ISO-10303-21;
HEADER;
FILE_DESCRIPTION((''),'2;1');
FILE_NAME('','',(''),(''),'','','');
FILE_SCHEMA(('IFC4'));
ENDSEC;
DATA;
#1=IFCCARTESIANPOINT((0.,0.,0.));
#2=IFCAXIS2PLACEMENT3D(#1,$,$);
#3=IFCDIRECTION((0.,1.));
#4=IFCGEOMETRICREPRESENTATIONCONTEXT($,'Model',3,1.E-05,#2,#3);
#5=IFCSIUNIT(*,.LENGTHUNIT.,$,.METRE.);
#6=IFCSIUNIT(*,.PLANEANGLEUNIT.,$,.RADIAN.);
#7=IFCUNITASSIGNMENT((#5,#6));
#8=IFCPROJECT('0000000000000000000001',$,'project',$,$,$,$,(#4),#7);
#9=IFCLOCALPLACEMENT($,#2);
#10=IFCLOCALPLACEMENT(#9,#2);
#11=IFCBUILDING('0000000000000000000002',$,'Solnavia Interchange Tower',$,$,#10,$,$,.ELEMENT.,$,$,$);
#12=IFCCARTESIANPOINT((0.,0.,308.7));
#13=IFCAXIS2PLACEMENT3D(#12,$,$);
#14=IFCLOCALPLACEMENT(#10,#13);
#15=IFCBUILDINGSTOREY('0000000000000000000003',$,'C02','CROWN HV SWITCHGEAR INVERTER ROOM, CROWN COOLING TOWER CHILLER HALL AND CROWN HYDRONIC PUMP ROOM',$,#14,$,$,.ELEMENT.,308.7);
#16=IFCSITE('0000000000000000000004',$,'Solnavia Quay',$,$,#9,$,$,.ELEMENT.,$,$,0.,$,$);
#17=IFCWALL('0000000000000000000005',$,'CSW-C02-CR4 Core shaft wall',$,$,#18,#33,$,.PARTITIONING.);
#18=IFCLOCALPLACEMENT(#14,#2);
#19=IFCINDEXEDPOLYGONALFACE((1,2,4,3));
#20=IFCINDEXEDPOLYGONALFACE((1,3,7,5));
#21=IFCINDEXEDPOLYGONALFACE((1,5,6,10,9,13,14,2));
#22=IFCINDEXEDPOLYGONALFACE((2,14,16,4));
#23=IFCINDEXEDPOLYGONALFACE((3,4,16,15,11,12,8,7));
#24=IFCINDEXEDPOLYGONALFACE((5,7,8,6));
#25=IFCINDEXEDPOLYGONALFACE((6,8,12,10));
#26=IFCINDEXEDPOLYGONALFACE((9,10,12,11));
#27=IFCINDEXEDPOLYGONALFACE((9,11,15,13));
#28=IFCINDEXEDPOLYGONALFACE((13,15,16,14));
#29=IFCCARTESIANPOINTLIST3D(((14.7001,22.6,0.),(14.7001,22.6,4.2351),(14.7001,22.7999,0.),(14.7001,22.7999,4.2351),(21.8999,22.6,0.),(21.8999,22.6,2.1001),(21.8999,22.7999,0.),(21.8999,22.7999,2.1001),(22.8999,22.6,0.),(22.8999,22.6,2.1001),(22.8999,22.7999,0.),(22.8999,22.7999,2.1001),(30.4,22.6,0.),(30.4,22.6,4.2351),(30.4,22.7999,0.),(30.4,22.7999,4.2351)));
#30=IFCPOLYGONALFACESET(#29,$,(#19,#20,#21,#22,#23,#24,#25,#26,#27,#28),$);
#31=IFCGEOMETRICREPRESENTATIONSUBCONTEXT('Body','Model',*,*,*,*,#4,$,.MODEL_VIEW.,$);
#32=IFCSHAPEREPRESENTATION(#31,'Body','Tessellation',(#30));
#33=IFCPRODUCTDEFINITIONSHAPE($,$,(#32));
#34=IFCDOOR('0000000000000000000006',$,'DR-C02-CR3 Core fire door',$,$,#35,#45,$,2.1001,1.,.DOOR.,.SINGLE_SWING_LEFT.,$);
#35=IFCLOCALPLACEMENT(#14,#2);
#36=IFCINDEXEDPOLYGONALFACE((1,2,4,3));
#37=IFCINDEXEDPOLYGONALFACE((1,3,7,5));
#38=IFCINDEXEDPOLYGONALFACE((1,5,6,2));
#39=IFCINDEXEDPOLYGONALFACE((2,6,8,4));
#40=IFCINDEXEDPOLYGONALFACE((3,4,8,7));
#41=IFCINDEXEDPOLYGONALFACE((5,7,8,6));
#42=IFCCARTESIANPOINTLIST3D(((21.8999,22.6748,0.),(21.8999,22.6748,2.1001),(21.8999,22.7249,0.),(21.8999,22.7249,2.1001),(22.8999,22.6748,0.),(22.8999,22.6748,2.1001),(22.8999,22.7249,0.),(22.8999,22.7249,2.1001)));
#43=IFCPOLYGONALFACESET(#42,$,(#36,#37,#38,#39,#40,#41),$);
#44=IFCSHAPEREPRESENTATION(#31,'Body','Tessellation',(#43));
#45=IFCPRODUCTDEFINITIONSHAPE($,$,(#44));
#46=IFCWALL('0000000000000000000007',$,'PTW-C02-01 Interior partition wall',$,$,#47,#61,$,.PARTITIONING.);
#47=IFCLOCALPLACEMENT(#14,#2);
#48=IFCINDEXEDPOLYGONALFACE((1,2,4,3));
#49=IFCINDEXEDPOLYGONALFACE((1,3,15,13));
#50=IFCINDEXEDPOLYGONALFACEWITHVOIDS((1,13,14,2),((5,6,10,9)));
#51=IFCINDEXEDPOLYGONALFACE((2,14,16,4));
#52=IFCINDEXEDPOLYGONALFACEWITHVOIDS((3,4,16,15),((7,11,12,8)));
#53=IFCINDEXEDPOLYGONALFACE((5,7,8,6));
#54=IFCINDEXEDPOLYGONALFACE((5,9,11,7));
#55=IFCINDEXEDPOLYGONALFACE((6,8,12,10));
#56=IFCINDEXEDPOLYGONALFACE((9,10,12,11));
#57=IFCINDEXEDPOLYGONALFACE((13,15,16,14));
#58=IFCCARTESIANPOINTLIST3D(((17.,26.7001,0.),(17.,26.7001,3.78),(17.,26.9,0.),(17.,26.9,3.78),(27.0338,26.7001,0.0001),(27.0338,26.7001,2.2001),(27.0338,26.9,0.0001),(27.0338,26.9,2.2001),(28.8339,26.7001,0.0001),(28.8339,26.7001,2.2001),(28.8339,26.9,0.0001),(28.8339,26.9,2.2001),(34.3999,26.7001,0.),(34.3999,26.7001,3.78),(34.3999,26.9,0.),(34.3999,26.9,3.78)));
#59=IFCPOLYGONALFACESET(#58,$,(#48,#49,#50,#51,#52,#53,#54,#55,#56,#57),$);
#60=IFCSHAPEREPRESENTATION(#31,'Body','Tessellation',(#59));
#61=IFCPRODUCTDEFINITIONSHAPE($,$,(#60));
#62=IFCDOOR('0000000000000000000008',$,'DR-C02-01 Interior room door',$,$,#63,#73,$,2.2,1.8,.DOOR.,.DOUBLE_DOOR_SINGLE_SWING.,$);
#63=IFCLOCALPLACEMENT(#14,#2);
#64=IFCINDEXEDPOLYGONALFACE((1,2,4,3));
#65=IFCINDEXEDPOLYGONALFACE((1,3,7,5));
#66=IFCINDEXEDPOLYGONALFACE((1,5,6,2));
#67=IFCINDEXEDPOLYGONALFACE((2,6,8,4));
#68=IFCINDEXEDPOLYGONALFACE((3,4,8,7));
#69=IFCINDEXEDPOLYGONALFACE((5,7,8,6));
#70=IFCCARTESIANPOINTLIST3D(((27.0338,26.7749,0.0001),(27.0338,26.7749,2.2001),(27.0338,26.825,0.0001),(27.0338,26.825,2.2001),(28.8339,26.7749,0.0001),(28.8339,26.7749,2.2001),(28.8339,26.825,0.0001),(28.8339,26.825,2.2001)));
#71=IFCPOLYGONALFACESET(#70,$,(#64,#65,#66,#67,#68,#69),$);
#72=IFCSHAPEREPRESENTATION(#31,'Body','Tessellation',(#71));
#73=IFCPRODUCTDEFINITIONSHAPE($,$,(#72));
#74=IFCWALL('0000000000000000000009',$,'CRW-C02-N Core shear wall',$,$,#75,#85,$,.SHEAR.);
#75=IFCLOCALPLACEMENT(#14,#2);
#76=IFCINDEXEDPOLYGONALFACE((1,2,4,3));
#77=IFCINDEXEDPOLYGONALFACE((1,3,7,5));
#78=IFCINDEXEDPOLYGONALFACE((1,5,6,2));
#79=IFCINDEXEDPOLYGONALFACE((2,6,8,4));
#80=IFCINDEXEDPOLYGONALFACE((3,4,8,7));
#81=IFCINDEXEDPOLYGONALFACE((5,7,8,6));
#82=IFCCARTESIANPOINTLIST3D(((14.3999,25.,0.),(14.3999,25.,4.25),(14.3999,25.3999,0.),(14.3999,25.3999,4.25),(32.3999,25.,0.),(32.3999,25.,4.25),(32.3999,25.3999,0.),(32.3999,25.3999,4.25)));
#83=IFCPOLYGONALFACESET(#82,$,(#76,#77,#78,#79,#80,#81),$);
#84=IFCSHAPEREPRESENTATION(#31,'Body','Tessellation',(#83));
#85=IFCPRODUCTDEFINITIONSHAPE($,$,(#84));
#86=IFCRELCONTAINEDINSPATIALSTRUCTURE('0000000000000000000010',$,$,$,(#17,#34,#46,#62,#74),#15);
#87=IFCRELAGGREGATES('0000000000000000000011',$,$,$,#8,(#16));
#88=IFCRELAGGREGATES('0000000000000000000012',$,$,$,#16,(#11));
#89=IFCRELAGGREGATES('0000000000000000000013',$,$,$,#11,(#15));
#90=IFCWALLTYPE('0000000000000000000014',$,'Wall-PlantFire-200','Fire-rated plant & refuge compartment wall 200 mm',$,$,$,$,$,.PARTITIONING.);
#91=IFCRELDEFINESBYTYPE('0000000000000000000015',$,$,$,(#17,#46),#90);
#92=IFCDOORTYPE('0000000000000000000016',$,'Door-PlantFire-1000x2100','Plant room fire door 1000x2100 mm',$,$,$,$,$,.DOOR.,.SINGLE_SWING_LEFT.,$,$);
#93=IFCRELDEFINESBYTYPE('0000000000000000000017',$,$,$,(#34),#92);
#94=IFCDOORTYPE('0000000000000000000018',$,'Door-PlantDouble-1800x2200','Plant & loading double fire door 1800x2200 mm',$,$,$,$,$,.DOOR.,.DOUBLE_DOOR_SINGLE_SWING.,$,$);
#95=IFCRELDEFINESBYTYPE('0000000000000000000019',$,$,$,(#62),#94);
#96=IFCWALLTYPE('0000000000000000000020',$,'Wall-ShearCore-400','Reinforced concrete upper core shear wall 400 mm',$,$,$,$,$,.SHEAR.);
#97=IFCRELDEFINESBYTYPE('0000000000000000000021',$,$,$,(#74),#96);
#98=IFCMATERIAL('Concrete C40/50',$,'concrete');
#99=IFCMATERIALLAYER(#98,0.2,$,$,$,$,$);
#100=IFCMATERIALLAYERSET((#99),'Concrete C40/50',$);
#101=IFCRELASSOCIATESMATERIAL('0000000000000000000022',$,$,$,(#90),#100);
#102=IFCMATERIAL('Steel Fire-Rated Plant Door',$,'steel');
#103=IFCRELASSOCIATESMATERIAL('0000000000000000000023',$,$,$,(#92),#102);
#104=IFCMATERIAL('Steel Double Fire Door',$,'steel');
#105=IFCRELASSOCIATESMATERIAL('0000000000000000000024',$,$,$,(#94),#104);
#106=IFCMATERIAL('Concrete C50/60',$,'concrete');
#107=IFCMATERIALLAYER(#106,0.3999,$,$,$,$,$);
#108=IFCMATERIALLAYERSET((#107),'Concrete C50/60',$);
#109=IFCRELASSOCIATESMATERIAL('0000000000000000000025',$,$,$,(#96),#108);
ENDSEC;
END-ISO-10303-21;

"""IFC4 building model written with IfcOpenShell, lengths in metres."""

from ifc_helpers import new_model, si_unit, direction, frame, frame_2d, origin, place, context, subcontext, project, spatial, rectangle, extrude, material, layer, layer_set, type_object, element, fill, save


model = new_model("IFC4")

# Units and contexts
model_context = context("Model", 3, precision=1e-05, world=origin(), true_north=direction((0.0, 1.0)))
body_context = subcontext(model_context, "Body", "Model", "MODEL_VIEW")
ifc_project = project(units=[si_unit("LENGTHUNIT", "METRE"), si_unit("PLANEANGLEUNIT", "RADIAN")], contexts=[model_context])

# Site, building, storey
site_placement = place(None, origin())
site = spatial("IfcSite", under=ifc_project, at=site_placement, Name="Solnavia Quay", CompositionType="ELEMENT", RefElevation=0.0)
building_placement = place(site_placement, origin())
building = spatial("IfcBuilding", under=site, at=building_placement, Name="Solnavia Interchange Tower", CompositionType="ELEMENT")
storey_placement = place(building_placement, frame((0.0, 0.0, 308.7)))
storey = spatial("IfcBuildingStorey", under=building, at=storey_placement, Name="C02", Description="CROWN HV SWITCHGEAR INVERTER ROOM, CROWN COOLING TOWER CHILLER HALL AND CROWN HYDRONIC PUMP ROOM", CompositionType="ELEMENT", Elevation=308.7)

# Shared definitions
ifc_material_1 = material(Name="Concrete C50/60", Category="concrete")

# Walls, openings, doors
ifc_material_2 = material(Name="Concrete C40/50", Category="concrete")
ifc_layer_1 = layer(ifc_material_2, 0.2)
ifc_layer_set_1 = layer_set([ifc_layer_1], Name="Concrete C40/50")
wall_type_1 = type_object("IfcWallType", Name="Wall-PlantFire-200", Description="Fire-rated plant & refuge compartment wall 200 mm", PredefinedType="PARTITIONING", material=ifc_layer_set_1)
wall_1_placement = place(storey_placement, frame((14.7, 22.7, 0.0), z_axis=(0.0, 0.0, 1.0), x_axis=(1.0, 0.0, 0.0)))
wall_1 = element("IfcWall", 1, at=wall_1_placement, inside=storey, type_object=wall_type_1, Name="CSW-C02-CR4 Core shaft wall", PredefinedType="PARTITIONING", context=body_context, shape_type="SweptSolid", body=[
    extrude(rectangle(XDim=15.7, YDim=0.2, at=frame_2d((7.8501, 0.0))), origin(), (0.0, 0.0, 1.0), 4.2351),
])
opening_1_placement = place(wall_1_placement, frame((7.2, 0.0, 0.0)))
opening_1 = element("IfcOpeningElement", 2, at=opening_1_placement, cuts=wall_1, PredefinedType="OPENING", context=body_context, shape_type="SweptSolid", body=[
    extrude(rectangle(XDim=1.0, YDim=2.1001, at=frame_2d((0.5, 1.05))), frame((0.0, 0.1099, 0.0), z_axis=(0.0, -1.0, 0.0), x_axis=(1.0, 0.0, 0.0)), (0.0, 0.0, 1.0), 0.22),
])
ifc_material_3 = material(Name="Steel Fire-Rated Plant Door", Category="steel")
door_type_1 = type_object("IfcDoorType", Name="Door-PlantFire-1000x2100", Description="Plant room fire door 1000x2100 mm", OperationType="SINGLE_SWING_LEFT", PredefinedType="DOOR", material=ifc_material_3)
door_1_placement = place(opening_1_placement, origin())
door_1 = element("IfcDoor", 3, at=door_1_placement, inside=storey, type_object=door_type_1, Name="DR-C02-CR3 Core fire door", OperationType="SINGLE_SWING_LEFT", OverallHeight=2.1001, OverallWidth=1.0, PredefinedType="DOOR", context=body_context, shape_type="SweptSolid", body=[
    extrude(rectangle(XDim=1.0, YDim=2.1001, at=frame_2d((0.5, 1.05))), frame((0.0, 0.0249, 0.0), z_axis=(0.0, -1.0, 0.0), x_axis=(1.0, 0.0, 0.0)), (0.0, 0.0, 1.0), 0.05),
])
fill(opening_1, door_1)
wall_2_placement = place(storey_placement, frame((17.0, 26.8, 0.0), z_axis=(0.0, 0.0, 1.0), x_axis=(1.0, 0.0, 0.0)))
wall_2 = element("IfcWall", 4, at=wall_2_placement, inside=storey, type_object=wall_type_1, Name="PTW-C02-01 Interior partition wall", PredefinedType="PARTITIONING", context=body_context, shape_type="SweptSolid", body=[
    extrude(rectangle(XDim=17.3999, YDim=0.2, at=frame_2d((8.7, 0.0))), origin(), (0.0, 0.0, 1.0), 3.78),
])
opening_2_placement = place(wall_2_placement, frame((10.0339, 0.0, 0.0)))
opening_2 = element("IfcOpeningElement", 5, at=opening_2_placement, cuts=wall_2, PredefinedType="OPENING", context=body_context, shape_type="SweptSolid", body=[
    extrude(rectangle(XDim=1.8, YDim=2.2, at=frame_2d((0.8999, 1.1001))), frame((0.0, 0.1099, 0.0), z_axis=(0.0, -1.0, 0.0), x_axis=(1.0, 0.0, 0.0)), (0.0, 0.0, 1.0), 0.22),
])
ifc_material_4 = material(Name="Steel Double Fire Door", Category="steel")
door_type_2 = type_object("IfcDoorType", Name="Door-PlantDouble-1800x2200", Description="Plant & loading double fire door 1800x2200 mm", OperationType="DOUBLE_DOOR_SINGLE_SWING", PredefinedType="DOOR", material=ifc_material_4)
door_2_placement = place(opening_2_placement, origin())
door_2 = element("IfcDoor", 6, at=door_2_placement, inside=storey, type_object=door_type_2, Name="DR-C02-01 Interior room door", OperationType="DOUBLE_DOOR_SINGLE_SWING", OverallHeight=2.2, OverallWidth=1.8, PredefinedType="DOOR", context=body_context, shape_type="SweptSolid", body=[
    extrude(rectangle(XDim=1.8, YDim=2.2, at=frame_2d((0.8999, 1.1001))), frame((0.0, 0.0249, 0.0), z_axis=(0.0, -1.0, 0.0), x_axis=(1.0, 0.0, 0.0)), (0.0, 0.0, 1.0), 0.05),
])
fill(opening_2, door_2)

# Wall
ifc_layer_2 = layer(ifc_material_1, 0.3999)
ifc_layer_set_2 = layer_set([ifc_layer_2], Name="Concrete C50/60")
wall_type_2 = type_object("IfcWallType", Name="Wall-ShearCore-400", Description="Reinforced concrete upper core shear wall 400 mm", PredefinedType="SHEAR", material=ifc_layer_set_2)
wall_3_placement = place(storey_placement, frame((14.3999, 25.2, 0.0), z_axis=(0.0, 0.0, 1.0), x_axis=(1.0, 0.0, 0.0)))
element("IfcWall", 7, at=wall_3_placement, inside=storey, type_object=wall_type_2, Name="CRW-C02-N Core shear wall", PredefinedType="SHEAR", context=body_context, shape_type="SweptSolid", body=[
    extrude(rectangle(XDim=18.0, YDim=0.3999, at=frame_2d((9.0, 0.0))), origin(), (0.0, 0.0, 1.0), 4.25),
])

save(model, "model.ifc")
